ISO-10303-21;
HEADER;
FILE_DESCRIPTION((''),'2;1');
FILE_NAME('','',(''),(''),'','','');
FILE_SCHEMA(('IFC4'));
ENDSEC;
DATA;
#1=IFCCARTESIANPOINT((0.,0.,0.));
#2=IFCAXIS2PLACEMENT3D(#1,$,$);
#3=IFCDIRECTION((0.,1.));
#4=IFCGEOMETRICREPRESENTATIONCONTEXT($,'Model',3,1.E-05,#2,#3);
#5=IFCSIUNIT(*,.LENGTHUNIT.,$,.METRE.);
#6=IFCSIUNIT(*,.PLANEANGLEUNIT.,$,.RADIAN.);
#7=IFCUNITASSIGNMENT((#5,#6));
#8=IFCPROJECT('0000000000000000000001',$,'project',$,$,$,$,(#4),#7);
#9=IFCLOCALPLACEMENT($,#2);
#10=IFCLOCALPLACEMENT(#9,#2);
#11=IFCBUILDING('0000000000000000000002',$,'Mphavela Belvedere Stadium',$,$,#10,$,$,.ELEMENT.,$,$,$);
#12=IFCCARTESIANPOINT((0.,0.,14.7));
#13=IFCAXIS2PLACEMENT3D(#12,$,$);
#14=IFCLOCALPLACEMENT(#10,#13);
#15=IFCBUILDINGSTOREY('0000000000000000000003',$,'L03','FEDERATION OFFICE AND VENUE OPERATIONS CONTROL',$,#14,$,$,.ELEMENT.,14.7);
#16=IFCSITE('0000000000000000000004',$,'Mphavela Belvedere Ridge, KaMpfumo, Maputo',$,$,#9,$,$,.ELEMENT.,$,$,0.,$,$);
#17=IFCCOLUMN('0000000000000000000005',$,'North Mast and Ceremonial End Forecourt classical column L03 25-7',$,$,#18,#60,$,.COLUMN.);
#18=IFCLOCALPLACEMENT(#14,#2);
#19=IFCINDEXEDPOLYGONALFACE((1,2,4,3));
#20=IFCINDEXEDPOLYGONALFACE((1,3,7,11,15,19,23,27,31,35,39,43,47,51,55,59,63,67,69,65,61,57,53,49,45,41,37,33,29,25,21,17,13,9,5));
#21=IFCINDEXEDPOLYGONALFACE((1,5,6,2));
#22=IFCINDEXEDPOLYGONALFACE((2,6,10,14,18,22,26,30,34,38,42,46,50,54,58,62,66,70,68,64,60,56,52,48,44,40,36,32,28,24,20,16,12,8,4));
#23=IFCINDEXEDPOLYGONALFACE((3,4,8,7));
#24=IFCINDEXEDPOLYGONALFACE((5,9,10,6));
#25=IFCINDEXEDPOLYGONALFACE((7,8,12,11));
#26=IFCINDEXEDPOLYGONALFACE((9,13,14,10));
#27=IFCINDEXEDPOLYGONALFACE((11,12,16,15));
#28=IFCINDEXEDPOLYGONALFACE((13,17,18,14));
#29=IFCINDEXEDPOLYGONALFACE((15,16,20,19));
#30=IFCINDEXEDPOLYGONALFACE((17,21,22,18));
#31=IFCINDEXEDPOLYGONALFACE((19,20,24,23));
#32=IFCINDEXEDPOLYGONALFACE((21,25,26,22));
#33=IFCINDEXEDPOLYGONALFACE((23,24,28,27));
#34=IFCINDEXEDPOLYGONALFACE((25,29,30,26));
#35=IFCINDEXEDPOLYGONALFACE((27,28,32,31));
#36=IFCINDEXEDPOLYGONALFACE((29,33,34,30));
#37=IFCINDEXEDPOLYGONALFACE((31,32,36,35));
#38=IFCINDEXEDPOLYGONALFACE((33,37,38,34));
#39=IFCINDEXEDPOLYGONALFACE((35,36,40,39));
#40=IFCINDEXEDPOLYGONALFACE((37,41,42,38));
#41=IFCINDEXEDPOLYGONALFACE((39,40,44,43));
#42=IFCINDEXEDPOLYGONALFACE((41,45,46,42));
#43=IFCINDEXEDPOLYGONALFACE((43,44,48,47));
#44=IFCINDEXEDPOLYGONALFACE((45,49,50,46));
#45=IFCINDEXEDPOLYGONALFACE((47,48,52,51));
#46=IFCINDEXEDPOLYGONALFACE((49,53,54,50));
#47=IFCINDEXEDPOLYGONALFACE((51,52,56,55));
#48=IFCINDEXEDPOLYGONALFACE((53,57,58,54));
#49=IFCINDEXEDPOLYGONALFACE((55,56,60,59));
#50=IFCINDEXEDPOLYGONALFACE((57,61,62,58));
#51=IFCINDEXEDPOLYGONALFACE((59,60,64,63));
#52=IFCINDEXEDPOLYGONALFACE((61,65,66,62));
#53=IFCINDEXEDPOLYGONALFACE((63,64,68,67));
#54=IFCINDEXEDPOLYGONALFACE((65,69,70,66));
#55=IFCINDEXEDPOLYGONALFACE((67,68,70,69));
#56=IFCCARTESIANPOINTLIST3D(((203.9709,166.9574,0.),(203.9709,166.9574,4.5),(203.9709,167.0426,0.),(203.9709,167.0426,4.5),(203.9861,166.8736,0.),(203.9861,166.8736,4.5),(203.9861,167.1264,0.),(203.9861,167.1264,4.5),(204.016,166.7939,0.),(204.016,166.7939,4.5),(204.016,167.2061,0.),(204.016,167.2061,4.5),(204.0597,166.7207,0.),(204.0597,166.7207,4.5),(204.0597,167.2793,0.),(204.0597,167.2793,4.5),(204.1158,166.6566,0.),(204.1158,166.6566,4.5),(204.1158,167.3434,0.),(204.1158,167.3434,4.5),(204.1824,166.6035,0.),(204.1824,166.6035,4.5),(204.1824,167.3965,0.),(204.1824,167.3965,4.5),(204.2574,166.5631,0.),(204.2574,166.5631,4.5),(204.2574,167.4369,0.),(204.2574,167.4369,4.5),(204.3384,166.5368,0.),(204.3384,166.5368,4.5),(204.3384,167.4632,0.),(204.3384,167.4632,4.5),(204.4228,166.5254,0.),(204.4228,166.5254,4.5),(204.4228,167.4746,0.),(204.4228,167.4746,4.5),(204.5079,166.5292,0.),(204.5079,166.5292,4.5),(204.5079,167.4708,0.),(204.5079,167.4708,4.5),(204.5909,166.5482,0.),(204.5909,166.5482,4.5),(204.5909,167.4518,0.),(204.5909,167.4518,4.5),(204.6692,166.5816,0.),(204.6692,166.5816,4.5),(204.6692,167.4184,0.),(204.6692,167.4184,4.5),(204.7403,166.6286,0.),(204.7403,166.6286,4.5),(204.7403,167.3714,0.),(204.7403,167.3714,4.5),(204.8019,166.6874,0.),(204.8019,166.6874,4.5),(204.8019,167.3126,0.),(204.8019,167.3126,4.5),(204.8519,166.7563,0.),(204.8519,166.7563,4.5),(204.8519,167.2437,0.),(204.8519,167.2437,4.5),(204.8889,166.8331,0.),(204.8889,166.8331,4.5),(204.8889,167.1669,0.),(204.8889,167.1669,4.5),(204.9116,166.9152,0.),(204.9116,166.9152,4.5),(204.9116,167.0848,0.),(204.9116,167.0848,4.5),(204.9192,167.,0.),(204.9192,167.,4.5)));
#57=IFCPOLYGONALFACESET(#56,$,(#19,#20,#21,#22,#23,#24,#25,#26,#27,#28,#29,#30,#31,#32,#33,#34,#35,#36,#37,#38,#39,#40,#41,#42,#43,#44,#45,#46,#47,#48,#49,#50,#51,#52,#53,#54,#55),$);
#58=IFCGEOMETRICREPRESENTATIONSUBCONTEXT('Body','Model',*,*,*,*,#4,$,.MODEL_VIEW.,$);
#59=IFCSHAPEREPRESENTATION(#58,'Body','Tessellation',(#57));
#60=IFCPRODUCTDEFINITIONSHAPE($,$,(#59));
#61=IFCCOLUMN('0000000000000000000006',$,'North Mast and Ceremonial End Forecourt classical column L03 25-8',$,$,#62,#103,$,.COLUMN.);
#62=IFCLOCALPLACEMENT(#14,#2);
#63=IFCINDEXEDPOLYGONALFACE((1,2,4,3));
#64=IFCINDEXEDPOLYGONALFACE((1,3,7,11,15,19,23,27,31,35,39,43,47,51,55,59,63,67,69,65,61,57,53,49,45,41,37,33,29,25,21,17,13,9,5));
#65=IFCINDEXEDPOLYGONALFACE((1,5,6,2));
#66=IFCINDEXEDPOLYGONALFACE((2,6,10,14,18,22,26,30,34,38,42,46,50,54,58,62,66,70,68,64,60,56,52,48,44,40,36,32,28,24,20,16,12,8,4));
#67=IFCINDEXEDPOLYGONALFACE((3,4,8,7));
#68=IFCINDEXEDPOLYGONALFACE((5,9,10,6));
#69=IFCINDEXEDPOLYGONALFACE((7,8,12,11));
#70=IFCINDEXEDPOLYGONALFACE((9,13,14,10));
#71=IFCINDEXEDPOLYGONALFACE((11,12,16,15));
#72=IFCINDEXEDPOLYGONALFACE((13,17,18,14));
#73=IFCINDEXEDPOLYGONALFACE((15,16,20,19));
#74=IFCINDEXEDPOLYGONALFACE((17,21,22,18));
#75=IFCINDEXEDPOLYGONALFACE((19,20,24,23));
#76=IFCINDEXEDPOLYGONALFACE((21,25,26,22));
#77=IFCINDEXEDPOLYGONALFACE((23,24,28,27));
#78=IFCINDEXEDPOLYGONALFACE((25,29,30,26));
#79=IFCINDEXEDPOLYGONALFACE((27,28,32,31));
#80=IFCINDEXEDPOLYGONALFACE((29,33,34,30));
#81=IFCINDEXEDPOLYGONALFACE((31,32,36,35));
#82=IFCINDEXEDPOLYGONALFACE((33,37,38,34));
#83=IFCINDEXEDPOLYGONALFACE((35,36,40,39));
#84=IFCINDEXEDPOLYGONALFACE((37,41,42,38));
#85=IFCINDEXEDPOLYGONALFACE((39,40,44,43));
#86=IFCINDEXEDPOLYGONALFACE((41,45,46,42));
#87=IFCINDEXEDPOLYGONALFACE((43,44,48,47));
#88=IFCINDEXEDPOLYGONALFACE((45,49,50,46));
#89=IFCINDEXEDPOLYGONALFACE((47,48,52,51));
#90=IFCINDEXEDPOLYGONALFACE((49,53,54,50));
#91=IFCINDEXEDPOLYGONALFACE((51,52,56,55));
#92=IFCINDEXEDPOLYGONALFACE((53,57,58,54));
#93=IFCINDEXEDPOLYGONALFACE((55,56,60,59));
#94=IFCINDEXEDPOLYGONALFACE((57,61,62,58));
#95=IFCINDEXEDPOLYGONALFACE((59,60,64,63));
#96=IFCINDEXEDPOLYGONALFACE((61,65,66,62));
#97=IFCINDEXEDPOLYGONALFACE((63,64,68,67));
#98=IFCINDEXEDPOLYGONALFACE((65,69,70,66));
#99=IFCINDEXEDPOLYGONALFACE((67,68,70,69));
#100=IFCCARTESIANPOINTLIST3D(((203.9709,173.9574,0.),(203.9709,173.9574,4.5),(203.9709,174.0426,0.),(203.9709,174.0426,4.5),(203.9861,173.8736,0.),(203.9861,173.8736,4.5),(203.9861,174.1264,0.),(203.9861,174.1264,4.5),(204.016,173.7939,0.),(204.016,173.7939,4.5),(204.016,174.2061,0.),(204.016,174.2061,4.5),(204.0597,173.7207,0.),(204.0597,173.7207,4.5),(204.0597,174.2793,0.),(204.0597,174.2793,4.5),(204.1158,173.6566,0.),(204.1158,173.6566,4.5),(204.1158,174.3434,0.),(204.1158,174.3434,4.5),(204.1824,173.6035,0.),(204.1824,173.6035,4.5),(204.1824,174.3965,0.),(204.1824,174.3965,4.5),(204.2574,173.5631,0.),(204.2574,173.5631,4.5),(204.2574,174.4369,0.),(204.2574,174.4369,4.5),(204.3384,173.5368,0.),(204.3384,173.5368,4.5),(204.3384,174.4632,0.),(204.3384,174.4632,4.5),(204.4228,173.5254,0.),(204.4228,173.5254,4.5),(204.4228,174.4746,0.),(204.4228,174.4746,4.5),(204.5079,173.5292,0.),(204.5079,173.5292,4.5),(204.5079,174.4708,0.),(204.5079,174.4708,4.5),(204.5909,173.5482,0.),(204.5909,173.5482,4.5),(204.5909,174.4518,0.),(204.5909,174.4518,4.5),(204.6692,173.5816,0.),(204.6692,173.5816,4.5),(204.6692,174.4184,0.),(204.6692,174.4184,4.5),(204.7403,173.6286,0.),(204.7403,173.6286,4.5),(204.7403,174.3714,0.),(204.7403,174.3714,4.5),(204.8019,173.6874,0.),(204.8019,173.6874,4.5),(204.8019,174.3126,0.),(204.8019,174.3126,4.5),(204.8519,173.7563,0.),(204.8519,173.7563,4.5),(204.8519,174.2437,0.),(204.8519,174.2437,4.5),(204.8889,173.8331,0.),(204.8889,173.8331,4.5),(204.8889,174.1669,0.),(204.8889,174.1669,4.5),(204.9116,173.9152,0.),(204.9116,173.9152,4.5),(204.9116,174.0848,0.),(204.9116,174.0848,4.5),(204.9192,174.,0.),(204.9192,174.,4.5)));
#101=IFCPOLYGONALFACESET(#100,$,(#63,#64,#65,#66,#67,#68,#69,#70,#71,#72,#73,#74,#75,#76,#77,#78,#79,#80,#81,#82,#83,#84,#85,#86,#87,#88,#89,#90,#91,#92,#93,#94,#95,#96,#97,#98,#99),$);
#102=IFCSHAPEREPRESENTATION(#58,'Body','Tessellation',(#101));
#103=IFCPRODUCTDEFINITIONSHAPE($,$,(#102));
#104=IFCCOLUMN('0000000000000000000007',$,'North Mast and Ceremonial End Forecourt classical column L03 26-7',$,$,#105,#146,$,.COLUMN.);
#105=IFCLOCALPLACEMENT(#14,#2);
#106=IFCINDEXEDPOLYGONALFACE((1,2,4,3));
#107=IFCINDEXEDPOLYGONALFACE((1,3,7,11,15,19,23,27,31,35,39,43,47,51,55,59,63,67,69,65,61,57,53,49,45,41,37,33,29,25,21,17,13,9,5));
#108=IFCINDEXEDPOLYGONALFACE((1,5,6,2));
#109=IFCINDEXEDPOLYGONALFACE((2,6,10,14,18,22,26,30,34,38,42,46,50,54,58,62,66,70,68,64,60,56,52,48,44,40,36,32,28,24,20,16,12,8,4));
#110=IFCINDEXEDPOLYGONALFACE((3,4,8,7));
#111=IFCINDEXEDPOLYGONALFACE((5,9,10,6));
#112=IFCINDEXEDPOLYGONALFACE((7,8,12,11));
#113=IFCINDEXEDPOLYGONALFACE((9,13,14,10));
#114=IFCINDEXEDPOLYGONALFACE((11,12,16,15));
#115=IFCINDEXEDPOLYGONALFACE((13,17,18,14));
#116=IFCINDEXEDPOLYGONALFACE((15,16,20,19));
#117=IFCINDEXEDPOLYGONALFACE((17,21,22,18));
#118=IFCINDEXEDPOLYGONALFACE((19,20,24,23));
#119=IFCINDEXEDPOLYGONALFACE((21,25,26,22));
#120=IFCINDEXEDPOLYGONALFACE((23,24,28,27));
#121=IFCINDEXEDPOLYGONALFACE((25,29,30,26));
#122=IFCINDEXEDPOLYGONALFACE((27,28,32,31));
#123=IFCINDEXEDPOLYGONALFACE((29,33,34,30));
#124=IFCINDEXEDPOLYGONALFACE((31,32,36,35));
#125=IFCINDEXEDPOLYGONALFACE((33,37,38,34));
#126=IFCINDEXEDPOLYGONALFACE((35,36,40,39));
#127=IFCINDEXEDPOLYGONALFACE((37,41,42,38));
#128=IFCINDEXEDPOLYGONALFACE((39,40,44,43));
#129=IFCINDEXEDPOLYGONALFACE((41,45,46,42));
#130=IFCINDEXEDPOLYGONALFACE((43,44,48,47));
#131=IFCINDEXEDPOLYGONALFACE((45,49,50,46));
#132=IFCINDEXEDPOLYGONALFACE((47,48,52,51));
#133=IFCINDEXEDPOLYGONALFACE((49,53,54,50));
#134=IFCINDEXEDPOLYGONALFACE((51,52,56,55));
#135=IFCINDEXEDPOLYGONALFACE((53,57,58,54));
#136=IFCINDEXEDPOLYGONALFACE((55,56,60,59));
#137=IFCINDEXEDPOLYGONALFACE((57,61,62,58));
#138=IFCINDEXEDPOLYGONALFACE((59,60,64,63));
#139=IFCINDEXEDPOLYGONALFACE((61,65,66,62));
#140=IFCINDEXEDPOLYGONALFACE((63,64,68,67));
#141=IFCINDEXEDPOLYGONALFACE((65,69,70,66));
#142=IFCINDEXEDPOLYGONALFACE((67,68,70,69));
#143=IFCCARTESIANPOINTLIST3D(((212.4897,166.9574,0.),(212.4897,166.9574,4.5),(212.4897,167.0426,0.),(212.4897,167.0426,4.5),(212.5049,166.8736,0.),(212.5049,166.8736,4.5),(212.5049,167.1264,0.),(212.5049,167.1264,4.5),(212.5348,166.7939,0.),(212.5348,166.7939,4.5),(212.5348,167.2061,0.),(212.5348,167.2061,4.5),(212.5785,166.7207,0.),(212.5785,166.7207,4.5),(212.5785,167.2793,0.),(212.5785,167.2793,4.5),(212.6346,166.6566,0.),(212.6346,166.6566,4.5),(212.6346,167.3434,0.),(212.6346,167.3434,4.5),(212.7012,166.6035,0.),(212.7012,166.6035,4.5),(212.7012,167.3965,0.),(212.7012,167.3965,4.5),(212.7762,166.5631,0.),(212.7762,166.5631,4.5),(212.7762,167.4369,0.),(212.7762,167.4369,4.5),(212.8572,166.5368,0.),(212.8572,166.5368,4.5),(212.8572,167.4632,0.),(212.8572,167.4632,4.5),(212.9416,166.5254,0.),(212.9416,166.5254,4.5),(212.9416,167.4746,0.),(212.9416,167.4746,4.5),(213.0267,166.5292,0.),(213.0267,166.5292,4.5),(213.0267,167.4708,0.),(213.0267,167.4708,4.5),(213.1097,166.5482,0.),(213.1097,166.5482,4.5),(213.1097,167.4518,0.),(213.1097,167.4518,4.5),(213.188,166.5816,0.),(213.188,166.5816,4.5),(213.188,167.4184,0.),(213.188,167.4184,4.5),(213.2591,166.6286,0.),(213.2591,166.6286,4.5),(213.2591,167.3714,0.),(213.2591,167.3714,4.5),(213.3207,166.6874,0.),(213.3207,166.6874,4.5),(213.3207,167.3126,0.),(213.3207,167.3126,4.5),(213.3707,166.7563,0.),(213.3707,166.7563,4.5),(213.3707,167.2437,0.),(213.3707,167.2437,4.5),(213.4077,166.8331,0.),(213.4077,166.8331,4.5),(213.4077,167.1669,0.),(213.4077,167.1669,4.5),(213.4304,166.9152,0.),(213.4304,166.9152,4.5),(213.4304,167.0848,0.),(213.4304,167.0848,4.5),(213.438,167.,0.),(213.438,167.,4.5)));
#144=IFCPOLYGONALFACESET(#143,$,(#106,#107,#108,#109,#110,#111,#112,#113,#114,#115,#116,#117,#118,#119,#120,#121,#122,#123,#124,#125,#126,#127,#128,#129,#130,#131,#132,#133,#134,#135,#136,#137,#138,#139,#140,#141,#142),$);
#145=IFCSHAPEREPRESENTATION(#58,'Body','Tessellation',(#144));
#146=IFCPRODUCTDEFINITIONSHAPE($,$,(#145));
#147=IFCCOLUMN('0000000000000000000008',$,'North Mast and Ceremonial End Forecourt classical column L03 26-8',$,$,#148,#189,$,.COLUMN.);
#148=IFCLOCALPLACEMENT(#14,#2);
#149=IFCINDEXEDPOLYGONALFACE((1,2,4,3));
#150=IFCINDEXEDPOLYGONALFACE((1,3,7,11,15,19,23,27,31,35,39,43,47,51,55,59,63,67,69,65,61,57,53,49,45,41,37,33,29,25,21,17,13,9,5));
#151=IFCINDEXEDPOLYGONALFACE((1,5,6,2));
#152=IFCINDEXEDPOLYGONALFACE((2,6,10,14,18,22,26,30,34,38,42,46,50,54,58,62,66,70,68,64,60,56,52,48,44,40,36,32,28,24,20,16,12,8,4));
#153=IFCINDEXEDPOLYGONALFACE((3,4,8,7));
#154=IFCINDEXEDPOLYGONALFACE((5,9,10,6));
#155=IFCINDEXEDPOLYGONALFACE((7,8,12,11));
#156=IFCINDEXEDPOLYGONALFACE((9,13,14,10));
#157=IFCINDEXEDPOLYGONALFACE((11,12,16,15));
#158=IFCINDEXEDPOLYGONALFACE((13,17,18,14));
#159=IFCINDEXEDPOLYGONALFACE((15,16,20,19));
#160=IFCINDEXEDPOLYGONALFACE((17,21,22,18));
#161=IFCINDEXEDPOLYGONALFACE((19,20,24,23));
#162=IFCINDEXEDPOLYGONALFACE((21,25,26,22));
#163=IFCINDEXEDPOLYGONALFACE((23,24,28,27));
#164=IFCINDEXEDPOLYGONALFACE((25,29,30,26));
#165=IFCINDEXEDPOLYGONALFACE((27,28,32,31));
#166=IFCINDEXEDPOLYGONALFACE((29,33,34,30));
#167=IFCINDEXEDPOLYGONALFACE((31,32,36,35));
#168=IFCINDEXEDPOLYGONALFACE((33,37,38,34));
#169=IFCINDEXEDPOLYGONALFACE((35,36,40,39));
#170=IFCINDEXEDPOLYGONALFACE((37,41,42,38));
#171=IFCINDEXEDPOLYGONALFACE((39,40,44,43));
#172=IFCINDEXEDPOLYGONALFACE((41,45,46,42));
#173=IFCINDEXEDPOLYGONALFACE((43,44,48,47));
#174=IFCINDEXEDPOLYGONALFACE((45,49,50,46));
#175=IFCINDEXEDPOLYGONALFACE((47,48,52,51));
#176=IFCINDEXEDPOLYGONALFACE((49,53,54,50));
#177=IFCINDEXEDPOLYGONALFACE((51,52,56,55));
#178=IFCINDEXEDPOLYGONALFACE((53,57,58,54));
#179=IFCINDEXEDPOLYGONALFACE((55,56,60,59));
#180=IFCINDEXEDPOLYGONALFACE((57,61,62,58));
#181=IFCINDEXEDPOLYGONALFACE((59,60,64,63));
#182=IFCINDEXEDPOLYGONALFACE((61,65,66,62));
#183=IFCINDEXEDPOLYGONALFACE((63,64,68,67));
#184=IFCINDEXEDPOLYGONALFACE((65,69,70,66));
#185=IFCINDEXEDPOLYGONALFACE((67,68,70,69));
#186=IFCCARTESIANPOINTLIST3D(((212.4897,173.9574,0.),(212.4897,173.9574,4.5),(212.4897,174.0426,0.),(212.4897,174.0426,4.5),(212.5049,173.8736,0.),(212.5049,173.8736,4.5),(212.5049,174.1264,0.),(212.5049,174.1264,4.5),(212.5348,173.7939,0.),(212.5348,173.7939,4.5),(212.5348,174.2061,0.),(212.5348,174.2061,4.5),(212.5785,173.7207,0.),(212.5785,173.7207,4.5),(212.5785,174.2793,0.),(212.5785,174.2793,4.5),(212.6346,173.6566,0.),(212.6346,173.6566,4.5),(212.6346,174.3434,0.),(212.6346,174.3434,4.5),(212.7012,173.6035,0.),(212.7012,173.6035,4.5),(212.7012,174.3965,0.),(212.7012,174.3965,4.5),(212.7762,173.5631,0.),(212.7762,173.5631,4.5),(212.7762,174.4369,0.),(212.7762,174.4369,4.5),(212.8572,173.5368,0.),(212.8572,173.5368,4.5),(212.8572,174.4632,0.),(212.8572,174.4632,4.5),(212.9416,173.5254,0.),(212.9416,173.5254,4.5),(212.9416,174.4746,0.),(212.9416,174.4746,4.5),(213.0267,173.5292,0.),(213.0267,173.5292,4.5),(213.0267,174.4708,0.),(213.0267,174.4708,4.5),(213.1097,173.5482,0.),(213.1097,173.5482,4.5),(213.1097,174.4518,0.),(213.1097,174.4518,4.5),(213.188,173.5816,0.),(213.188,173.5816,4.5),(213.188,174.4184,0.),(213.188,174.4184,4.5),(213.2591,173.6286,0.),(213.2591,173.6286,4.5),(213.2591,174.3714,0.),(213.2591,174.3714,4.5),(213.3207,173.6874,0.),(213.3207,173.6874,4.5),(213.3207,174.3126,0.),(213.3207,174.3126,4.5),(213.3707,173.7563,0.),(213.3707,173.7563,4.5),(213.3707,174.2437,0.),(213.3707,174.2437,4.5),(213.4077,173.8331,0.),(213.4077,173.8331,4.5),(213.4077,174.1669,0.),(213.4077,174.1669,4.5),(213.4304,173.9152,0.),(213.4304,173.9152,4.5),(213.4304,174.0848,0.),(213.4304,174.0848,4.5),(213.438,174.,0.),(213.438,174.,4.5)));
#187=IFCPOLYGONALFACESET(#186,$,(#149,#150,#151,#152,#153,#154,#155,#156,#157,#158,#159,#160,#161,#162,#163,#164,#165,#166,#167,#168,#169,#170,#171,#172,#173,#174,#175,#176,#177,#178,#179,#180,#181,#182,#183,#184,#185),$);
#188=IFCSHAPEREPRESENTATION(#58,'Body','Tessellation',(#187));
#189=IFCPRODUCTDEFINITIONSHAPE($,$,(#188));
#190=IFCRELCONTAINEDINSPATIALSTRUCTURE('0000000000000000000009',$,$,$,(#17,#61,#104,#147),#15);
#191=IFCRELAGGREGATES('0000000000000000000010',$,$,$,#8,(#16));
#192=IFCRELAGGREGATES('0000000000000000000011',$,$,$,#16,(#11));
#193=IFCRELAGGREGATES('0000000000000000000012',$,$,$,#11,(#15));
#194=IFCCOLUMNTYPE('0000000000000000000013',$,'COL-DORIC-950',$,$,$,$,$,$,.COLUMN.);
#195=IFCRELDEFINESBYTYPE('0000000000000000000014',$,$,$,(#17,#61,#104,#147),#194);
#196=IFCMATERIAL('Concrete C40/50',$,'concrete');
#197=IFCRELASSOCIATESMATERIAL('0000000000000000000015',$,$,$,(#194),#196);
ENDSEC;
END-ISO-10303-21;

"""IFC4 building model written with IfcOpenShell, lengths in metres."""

from ifc_helpers import new_model, si_unit, direction, frame, origin, origin_2d, place, context, subcontext, project, spatial, circle, extrude, material, material_profile, profile_set, type_object, element, save


model = new_model("IFC4")

# Units and contexts
model_context = context("Model", 3, precision=1e-05, world=origin(), true_north=direction((0.0, 1.0)))
body_context = subcontext(model_context, "Body", "Model", "MODEL_VIEW")
ifc_project = project(units=[si_unit("LENGTHUNIT", "METRE"), si_unit("PLANEANGLEUNIT", "RADIAN")], contexts=[model_context])

# Site, building, storey
site_placement = place(None, origin())
site = spatial("IfcSite", under=ifc_project, at=site_placement, Name="Mphavela Belvedere Ridge, KaMpfumo, Maputo", CompositionType="ELEMENT", RefElevation=0.0)
building_placement = place(site_placement, origin())
building = spatial("IfcBuilding", under=site, at=building_placement, Name="Mphavela Belvedere Stadium", CompositionType="ELEMENT")
storey_placement = place(building_placement, frame((0.0, 0.0, 14.7)))
storey = spatial("IfcBuildingStorey", under=building, at=storey_placement, Name="L03", Description="FEDERATION OFFICE AND VENUE OPERATIONS CONTROL", CompositionType="ELEMENT", Elevation=14.7)

# Columns
ifc_material_1 = material(Name="Concrete C40/50", Category="concrete")
ifc_material_profile_1 = material_profile(ifc_material_1, circle(Radius=0.4751, at=origin_2d()), Name="COL D950")
ifc_profile_set_1 = profile_set([ifc_material_profile_1], Name="Concrete C40/50")
column_type = type_object("IfcColumnType", Name="COL-DORIC-950", PredefinedType="COLUMN", material=ifc_profile_set_1)
for number, where, z_axis, x_axis, name in (
    (1, (204.4441, 167.0, 0.0), (0.0, 0.0, 1.0), (1.0, 0.0, 0.0), "North Mast and Ceremonial End Forecourt classical column L03 25-7"),
    (2, (204.4441, 174.0, 0.0), (0.0, 0.0, 1.0), (1.0, 0.0, 0.0), "North Mast and Ceremonial End Forecourt classical column L03 25-8"),
    (3, (212.9629, 167.0, 0.0), (0.0, 0.0, 1.0), (1.0, 0.0, 0.0), "North Mast and Ceremonial End Forecourt classical column L03 26-7"),
    (4, (212.9629, 174.0, 0.0), (0.0, 0.0, 1.0), (1.0, 0.0, 0.0), "North Mast and Ceremonial End Forecourt classical column L03 26-8"),
):
    element("IfcColumn", number, at=place(storey_placement, frame(where, z_axis=z_axis, x_axis=x_axis)), inside=storey, type_object=column_type, Name=name, PredefinedType="COLUMN", context=body_context, shape_type="SweptSolid", body=[
        extrude(circle(Radius=0.4751, at=origin_2d()), origin(), (0.0, 0.0, 1.0), 4.5),
    ])

save(model, "model.ifc")
